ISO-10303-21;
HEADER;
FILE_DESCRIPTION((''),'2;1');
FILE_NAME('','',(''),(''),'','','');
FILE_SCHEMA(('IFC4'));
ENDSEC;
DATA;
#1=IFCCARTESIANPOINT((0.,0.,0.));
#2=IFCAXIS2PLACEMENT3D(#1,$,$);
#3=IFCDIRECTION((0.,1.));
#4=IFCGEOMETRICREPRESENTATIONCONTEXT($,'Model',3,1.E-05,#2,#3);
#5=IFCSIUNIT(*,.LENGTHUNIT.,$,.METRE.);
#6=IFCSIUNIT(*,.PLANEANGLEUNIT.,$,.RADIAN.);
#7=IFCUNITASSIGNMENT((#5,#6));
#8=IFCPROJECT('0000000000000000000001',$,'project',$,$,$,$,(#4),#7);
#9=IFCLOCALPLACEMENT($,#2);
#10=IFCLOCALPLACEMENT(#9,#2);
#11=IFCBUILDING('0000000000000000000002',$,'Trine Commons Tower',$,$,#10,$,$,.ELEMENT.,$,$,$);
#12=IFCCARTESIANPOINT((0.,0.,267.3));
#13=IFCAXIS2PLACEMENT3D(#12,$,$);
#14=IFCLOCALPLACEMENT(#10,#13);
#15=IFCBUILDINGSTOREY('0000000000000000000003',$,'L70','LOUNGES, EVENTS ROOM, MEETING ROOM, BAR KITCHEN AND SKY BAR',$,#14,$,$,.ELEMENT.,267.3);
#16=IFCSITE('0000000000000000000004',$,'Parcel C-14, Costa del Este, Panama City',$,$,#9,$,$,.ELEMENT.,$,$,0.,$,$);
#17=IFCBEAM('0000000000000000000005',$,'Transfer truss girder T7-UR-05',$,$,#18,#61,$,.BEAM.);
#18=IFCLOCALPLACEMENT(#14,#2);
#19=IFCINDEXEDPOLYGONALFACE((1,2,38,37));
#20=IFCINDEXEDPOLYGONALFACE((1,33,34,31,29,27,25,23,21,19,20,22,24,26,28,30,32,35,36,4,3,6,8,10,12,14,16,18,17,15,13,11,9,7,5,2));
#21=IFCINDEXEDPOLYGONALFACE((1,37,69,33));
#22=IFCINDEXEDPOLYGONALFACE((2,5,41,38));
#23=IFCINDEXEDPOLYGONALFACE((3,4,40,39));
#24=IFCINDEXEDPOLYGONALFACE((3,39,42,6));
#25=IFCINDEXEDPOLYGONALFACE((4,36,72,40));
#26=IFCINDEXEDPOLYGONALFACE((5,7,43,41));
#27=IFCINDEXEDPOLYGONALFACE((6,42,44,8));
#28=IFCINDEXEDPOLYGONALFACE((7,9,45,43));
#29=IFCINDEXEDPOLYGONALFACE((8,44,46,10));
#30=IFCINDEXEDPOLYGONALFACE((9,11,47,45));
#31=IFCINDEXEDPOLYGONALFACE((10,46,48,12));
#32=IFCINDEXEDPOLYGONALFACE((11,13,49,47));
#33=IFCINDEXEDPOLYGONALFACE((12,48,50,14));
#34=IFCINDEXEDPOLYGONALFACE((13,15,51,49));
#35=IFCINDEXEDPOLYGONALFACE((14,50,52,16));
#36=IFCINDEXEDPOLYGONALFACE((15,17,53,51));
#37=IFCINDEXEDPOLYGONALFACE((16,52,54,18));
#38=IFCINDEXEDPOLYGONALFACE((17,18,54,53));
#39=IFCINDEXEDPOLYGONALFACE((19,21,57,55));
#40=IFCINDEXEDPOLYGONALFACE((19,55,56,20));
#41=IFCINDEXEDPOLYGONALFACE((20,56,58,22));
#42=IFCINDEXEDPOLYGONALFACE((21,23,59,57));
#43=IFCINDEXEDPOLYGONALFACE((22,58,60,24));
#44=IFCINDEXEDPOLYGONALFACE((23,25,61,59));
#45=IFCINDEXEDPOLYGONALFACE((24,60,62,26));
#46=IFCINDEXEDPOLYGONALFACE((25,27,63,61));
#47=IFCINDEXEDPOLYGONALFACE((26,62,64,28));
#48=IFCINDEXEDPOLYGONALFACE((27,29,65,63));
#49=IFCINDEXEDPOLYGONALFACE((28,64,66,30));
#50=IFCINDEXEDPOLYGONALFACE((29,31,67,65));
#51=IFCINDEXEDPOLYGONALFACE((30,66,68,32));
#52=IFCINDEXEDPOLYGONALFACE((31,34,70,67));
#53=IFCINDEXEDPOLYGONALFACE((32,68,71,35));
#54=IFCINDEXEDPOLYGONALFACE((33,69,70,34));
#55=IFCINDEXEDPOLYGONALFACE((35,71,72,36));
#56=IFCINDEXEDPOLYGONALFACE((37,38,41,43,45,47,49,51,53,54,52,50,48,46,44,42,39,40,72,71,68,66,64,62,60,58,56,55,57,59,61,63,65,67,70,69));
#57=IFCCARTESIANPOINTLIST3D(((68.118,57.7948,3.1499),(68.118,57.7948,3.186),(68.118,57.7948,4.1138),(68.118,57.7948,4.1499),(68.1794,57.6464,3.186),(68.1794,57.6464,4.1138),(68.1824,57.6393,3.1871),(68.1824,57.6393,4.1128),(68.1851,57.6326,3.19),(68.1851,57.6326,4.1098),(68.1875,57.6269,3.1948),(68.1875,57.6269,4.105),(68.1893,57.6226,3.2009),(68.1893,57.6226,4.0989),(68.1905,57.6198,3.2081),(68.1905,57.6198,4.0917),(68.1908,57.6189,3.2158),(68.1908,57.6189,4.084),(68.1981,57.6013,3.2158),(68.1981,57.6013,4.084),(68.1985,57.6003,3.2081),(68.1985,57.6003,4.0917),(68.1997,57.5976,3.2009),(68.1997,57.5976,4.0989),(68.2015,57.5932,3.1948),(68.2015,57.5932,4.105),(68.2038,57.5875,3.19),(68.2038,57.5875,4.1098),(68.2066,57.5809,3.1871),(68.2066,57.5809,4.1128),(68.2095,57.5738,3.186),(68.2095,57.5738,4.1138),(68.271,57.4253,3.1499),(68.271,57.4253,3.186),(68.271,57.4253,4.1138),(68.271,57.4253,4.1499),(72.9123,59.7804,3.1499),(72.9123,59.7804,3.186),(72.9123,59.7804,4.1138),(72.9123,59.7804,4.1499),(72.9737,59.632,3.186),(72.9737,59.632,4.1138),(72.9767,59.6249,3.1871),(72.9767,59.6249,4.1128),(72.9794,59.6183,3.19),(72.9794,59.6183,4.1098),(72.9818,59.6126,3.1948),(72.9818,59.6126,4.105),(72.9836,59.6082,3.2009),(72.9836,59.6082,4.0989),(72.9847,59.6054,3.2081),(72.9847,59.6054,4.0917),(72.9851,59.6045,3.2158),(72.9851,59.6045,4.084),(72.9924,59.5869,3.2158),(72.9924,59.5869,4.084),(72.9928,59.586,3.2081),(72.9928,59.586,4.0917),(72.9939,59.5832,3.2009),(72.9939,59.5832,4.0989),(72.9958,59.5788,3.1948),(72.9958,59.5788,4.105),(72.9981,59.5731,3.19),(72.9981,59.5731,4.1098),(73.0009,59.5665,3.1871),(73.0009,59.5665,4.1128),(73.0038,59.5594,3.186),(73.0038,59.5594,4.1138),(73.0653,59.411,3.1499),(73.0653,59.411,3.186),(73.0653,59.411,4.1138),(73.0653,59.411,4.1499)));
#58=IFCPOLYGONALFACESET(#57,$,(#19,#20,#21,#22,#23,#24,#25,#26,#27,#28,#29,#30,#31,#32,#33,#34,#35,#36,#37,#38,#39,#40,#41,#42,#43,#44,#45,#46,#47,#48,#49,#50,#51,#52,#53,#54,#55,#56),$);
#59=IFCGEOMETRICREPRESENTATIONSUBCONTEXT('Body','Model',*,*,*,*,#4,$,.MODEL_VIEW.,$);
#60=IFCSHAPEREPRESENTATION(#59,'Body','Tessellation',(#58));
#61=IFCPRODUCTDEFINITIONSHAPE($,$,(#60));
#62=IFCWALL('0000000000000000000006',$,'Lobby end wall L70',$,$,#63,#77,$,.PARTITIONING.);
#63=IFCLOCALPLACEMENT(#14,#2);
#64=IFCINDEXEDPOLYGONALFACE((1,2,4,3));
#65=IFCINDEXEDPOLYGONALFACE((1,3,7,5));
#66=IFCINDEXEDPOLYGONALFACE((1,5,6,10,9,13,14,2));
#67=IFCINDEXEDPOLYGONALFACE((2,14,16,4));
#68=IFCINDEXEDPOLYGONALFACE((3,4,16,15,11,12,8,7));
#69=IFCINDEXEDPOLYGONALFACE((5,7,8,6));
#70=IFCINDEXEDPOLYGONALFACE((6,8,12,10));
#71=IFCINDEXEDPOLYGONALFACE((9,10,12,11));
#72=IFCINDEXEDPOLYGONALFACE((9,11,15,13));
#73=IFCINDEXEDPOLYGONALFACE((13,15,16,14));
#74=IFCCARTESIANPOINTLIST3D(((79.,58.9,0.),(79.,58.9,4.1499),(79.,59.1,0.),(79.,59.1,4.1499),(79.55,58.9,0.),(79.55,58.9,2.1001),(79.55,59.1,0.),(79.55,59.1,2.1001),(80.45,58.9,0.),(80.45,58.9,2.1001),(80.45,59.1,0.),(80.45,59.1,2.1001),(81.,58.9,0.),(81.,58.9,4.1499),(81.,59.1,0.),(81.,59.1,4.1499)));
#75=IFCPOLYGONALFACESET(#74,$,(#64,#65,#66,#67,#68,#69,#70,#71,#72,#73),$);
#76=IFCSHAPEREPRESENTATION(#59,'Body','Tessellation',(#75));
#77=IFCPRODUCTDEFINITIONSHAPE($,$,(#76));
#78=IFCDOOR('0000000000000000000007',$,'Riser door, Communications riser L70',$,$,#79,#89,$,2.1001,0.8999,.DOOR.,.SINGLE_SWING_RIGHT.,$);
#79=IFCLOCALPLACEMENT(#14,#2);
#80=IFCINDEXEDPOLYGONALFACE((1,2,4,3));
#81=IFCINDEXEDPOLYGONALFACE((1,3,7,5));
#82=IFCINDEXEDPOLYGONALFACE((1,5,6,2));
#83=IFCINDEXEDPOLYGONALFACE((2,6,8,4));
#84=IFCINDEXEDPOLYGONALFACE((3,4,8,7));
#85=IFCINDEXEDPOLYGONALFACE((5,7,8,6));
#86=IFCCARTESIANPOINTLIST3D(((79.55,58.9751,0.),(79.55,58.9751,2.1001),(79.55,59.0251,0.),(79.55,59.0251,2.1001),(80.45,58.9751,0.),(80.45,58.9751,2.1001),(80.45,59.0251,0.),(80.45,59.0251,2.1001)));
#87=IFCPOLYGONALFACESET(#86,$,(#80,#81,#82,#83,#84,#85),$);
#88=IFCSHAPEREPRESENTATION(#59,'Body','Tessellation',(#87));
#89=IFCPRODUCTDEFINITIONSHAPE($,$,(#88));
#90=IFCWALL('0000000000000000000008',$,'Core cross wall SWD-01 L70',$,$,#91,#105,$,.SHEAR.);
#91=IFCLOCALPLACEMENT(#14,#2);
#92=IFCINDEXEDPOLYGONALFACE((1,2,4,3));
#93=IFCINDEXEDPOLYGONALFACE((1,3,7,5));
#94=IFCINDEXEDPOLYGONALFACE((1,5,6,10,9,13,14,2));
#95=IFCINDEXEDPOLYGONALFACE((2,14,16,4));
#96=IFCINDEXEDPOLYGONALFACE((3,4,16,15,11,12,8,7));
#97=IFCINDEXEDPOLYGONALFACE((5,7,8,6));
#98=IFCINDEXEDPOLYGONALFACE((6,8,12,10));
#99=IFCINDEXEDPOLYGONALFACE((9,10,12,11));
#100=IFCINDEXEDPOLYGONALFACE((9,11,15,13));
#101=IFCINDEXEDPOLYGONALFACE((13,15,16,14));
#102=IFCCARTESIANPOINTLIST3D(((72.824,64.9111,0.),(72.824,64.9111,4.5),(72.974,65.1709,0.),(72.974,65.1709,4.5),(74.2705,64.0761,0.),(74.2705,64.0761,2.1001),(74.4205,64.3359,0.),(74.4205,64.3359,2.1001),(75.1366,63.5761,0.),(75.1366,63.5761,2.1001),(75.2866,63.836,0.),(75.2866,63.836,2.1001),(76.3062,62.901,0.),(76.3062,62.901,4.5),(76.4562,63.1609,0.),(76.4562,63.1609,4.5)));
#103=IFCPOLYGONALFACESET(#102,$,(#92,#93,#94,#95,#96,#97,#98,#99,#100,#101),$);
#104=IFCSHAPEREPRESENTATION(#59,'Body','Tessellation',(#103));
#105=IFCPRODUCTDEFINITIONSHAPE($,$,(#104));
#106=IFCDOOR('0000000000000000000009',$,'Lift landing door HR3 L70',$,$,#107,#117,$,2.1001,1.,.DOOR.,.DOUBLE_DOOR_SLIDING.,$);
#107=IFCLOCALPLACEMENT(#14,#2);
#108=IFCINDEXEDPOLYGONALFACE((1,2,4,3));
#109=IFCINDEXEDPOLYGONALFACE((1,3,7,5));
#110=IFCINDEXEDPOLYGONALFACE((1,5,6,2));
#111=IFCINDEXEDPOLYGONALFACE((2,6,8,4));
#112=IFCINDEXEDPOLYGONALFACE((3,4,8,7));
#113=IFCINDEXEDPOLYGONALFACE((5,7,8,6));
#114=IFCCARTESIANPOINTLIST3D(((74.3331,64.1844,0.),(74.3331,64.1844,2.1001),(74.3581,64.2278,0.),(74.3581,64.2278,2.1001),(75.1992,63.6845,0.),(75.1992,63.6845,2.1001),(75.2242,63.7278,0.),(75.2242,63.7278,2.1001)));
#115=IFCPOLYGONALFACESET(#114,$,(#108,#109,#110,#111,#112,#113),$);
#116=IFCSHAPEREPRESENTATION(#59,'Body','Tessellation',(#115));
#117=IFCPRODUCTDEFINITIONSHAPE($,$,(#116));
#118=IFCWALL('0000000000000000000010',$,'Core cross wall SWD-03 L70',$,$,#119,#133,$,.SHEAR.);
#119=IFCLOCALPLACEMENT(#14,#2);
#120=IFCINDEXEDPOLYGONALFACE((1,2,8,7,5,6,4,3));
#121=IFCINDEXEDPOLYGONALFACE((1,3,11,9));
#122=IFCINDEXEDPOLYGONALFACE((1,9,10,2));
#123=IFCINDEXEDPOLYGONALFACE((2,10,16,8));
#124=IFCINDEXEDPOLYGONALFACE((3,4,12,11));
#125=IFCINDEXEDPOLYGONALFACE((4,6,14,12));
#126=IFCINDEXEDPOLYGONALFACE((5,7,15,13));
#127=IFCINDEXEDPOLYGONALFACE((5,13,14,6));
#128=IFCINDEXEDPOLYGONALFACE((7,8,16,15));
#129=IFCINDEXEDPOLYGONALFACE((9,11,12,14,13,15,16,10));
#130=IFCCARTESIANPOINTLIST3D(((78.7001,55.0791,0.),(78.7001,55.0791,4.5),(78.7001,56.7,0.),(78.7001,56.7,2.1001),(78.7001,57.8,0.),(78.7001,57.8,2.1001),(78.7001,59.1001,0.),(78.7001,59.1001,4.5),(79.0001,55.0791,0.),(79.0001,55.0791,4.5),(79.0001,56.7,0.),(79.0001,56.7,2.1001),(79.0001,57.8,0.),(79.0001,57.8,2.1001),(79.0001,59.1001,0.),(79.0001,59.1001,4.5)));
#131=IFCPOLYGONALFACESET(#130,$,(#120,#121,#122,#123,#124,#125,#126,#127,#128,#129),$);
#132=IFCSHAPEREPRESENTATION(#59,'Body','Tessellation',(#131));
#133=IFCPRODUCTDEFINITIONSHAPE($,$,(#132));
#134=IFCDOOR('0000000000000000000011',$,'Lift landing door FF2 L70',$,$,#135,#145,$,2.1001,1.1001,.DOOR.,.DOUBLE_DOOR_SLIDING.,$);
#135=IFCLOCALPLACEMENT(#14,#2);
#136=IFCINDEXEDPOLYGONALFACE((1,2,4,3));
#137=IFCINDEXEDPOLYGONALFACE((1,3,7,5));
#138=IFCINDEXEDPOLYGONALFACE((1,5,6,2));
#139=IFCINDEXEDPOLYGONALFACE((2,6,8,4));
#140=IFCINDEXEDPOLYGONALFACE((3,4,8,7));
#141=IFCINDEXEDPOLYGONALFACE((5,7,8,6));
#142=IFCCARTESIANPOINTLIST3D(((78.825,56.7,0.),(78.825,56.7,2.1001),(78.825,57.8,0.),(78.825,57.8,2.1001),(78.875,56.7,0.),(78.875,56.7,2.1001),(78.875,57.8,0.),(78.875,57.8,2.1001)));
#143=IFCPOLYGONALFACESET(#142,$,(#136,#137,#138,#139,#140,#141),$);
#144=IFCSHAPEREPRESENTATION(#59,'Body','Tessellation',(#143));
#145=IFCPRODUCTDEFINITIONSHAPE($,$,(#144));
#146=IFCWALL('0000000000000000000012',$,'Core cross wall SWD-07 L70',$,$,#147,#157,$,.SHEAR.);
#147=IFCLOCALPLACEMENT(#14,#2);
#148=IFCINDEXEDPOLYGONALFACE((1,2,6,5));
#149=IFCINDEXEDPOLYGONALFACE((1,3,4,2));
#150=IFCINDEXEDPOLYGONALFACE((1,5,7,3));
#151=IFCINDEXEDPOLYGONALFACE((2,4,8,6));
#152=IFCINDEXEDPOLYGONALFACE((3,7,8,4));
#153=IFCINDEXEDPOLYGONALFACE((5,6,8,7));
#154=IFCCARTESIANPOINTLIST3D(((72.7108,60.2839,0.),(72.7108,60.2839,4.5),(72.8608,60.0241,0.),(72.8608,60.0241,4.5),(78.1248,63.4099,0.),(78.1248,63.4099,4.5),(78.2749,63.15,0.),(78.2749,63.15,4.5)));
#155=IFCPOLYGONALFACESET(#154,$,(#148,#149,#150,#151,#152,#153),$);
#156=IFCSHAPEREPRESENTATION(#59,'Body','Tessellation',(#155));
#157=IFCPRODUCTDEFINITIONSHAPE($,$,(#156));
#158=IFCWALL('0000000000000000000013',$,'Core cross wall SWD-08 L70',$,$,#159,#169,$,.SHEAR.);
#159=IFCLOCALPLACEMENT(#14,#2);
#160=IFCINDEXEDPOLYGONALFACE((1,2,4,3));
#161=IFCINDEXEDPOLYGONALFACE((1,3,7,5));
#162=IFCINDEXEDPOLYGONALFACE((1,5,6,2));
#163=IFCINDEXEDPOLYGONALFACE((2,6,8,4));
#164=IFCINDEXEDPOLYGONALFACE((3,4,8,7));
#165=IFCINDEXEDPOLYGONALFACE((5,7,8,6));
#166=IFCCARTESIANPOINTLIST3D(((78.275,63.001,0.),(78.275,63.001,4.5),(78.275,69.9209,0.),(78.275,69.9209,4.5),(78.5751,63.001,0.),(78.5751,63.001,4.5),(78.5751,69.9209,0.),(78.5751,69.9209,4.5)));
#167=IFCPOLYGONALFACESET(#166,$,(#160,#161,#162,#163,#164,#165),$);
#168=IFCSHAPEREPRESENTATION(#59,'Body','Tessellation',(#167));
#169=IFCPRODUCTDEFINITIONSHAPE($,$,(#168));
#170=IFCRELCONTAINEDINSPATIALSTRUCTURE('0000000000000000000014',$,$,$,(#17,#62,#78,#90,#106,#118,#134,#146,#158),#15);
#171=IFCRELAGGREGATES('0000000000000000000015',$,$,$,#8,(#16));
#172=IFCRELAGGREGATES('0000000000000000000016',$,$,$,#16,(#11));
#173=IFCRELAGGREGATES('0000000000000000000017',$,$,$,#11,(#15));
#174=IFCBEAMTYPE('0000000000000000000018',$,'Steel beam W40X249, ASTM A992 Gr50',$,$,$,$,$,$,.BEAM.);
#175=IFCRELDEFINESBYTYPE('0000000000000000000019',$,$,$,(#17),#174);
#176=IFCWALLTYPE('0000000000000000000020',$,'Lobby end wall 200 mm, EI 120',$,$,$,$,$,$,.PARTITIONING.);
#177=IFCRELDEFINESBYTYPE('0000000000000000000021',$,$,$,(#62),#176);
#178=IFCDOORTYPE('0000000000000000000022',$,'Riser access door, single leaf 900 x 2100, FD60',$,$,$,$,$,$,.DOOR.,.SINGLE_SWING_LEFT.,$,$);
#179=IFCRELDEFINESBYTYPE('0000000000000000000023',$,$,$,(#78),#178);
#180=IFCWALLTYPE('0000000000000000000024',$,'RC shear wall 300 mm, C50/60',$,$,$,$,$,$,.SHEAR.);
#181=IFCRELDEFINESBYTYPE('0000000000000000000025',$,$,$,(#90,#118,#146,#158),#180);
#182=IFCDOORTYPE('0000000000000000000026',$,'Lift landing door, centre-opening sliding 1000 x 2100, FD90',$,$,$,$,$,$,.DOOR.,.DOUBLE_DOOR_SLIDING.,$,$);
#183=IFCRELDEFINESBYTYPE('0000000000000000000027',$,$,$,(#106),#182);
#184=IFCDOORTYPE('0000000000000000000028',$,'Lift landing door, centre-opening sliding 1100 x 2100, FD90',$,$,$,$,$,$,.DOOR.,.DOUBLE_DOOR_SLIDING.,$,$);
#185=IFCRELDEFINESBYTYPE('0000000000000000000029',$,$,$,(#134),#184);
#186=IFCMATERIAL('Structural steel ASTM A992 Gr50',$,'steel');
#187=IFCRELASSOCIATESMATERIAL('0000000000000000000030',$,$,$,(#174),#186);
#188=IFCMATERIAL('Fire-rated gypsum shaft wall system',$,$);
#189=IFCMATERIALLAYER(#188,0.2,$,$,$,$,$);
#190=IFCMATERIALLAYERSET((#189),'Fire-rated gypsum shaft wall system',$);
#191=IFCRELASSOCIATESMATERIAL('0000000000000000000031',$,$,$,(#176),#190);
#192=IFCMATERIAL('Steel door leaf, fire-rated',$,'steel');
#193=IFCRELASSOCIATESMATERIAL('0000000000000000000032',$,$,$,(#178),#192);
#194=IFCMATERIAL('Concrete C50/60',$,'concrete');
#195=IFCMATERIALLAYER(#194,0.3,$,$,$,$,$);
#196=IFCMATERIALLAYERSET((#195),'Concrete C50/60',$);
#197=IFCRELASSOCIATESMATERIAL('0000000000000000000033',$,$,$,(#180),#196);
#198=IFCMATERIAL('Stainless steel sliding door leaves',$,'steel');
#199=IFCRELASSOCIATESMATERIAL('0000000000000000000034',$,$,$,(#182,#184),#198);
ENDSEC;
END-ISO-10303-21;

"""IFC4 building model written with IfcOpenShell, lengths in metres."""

from ifc_helpers import new_model, si_unit, direction, frame, frame_2d, origin, origin_2d, place, context, subcontext, project, spatial, rectangle, i_section, extrude, material, layer, layer_set, material_profile, profile_set, type_object, element, fill, save


model = new_model("IFC4")

# Units and contexts
model_context = context("Model", 3, precision=1e-05, world=origin(), true_north=direction((0.0, 1.0)))
body_context = subcontext(model_context, "Body", "Model", "MODEL_VIEW")
ifc_project = project(units=[si_unit("LENGTHUNIT", "METRE"), si_unit("PLANEANGLEUNIT", "RADIAN")], contexts=[model_context])

# Site, building, storey
site_placement = place(None, origin())
site = spatial("IfcSite", under=ifc_project, at=site_placement, Name="Parcel C-14, Costa del Este, Panama City", CompositionType="ELEMENT", RefElevation=0.0)
building_placement = place(site_placement, origin())
building = spatial("IfcBuilding", under=site, at=building_placement, Name="Trine Commons Tower", CompositionType="ELEMENT")
storey_placement = place(building_placement, frame((0.0, 0.0, 267.3)))
storey = spatial("IfcBuildingStorey", under=building, at=storey_placement, Name="L70", Description="LOUNGES, EVENTS ROOM, MEETING ROOM, BAR KITCHEN AND SKY BAR", CompositionType="ELEMENT", Elevation=267.3)

# Beam
ifc_material_1 = material(Name="Structural steel ASTM A992 Gr50", Category="steel")
ifc_material_profile = material_profile(ifc_material_1, i_section(OverallWidth=0.3999, OverallDepth=1.0, WebThickness=0.019, FlangeThickness=0.0361, FilletRadius=0.0298, at=origin_2d()), Name="W40X249")
ifc_profile_set = profile_set([ifc_material_profile], Name="Structural steel ASTM A992 Gr50")
beam_type = type_object("IfcBeamType", Name="Steel beam W40X249, ASTM A992 Gr50", PredefinedType="BEAM", material=ifc_profile_set)
beam_placement = place(storey_placement, frame((72.9888, 59.5957, 3.6499), z_axis=(-0.923895, -0.382647, 0.0), x_axis=(0.382647, -0.923895, 0.0)))
element("IfcBeam", 1, at=beam_placement, inside=storey, type_object=beam_type, Name="Transfer truss girder T7-UR-05", PredefinedType="BEAM", context=body_context, shape_type="SweptSolid", body=[
    extrude(i_section(OverallWidth=0.3999, OverallDepth=1.0, WebThickness=0.019, FlangeThickness=0.0361, FilletRadius=0.0298, at=origin_2d()), origin(), (0.0, 0.0, 1.0), 5.1892),
])

# Walls, openings, doors
ifc_material_2 = material(Name="Fire-rated gypsum shaft wall system")
ifc_layer_1 = layer(ifc_material_2, 0.2)
ifc_layer_set_1 = layer_set([ifc_layer_1], Name="Fire-rated gypsum shaft wall system")
wall_type_1 = type_object("IfcWallType", Name="Lobby end wall 200 mm, EI 120", PredefinedType="PARTITIONING", material=ifc_layer_set_1)
wall_1_placement = place(storey_placement, frame((79.0, 59.0, 0.0), z_axis=(0.0, 0.0, 1.0), x_axis=(1.0, 0.0, 0.0)))
wall_1 = element("IfcWall", 2, at=wall_1_placement, inside=storey, type_object=wall_type_1, Name="Lobby end wall L70", PredefinedType="PARTITIONING", context=body_context, shape_type="SweptSolid", body=[
    extrude(rectangle(XDim=2.0, YDim=0.2, at=frame_2d((1.0, 0.0))), origin(), (0.0, 0.0, 1.0), 4.1499),
])
opening_1_placement = place(wall_1_placement, frame((0.55, 0.0, 0.0)))
opening_1 = element("IfcOpeningElement", 3, at=opening_1_placement, cuts=wall_1, PredefinedType="OPENING", context=body_context, shape_type="SweptSolid", body=[
    extrude(rectangle(XDim=0.8999, YDim=2.1001, at=frame_2d((0.45, 1.05))), frame((0.0, 0.1099, 0.0), z_axis=(0.0, -1.0, 0.0), x_axis=(1.0, 0.0, 0.0)), (0.0, 0.0, 1.0), 0.22),
])
ifc_material_3 = material(Name="Steel door leaf, fire-rated", Category="steel")
door_type_1 = type_object("IfcDoorType", Name="Riser access door, single leaf 900 x 2100, FD60", OperationType="SINGLE_SWING_LEFT", PredefinedType="DOOR", material=ifc_material_3)
door_1_placement = place(opening_1_placement, frame((0.8999, 0.0, 0.0), z_axis=(0.0, 0.0, 1.0), x_axis=(-1.0, 0.0, 0.0)))
door_1 = element("IfcDoor", 4, at=door_1_placement, inside=storey, type_object=door_type_1, Name="Riser door, Communications riser L70", OperationType="SINGLE_SWING_RIGHT", OverallHeight=2.1001, OverallWidth=0.8999, PredefinedType="DOOR", context=body_context, shape_type="SweptSolid", body=[
    extrude(rectangle(XDim=0.8999, YDim=2.1001, at=frame_2d((0.45, 1.05))), frame((0.0, 0.0249, 0.0), z_axis=(0.0, -1.0, 0.0), x_axis=(1.0, 0.0, 0.0)), (0.0, 0.0, 1.0), 0.05),
])
fill(opening_1, door_1)
ifc_material_4 = material(Name="Concrete C50/60", Category="concrete")
ifc_layer_2 = layer(ifc_material_4, 0.3)
ifc_layer_set_2 = layer_set([ifc_layer_2], Name="Concrete C50/60")
wall_type_2 = type_object("IfcWallType", Name="RC shear wall 300 mm, C50/60", PredefinedType="SHEAR", material=ifc_layer_set_2)
wall_2_placement = place(storey_placement, frame((76.3811, 63.031, 0.0), z_axis=(0.0, 0.0, 1.0), x_axis=(-0.866071, 0.49992, 0.0)))
wall_2 = element("IfcWall", 5, at=wall_2_placement, inside=storey, type_object=wall_type_2, Name="Core cross wall SWD-01 L70", PredefinedType="SHEAR", context=body_context, shape_type="SweptSolid", body=[
    extrude(rectangle(XDim=4.0208, YDim=0.3, at=frame_2d((2.0103, 0.0))), origin(), (0.0, 0.0, 1.0), 4.5),
])
opening_2_placement = place(wall_2_placement, frame((1.3503, 0.0, 0.0)))
opening_2 = element("IfcOpeningElement", 6, at=opening_2_placement, cuts=wall_2, PredefinedType="OPENING", context=body_context, shape_type="SweptSolid", body=[
    extrude(rectangle(XDim=1.0, YDim=2.1001, at=frame_2d((0.5, 1.05))), frame((0.0, 0.1599, 0.0), z_axis=(0.0, -1.0, 0.0), x_axis=(1.0, 0.0, 0.0)), (0.0, 0.0, 1.0), 0.3201),
])
ifc_material_5 = material(Name="Stainless steel sliding door leaves", Category="steel")
door_type_2 = type_object("IfcDoorType", Name="Lift landing door, centre-opening sliding 1000 x 2100, FD90", OperationType="DOUBLE_DOOR_SLIDING", PredefinedType="DOOR", material=ifc_material_5)
door_2_placement = place(opening_2_placement, origin())
door_2 = element("IfcDoor", 7, at=door_2_placement, inside=storey, type_object=door_type_2, Name="Lift landing door HR3 L70", OperationType="DOUBLE_DOOR_SLIDING", OverallHeight=2.1001, OverallWidth=1.0, PredefinedType="DOOR", context=body_context, shape_type="SweptSolid", body=[
    extrude(rectangle(XDim=1.0, YDim=2.1001, at=frame_2d((0.5, 1.05))), frame((0.0, 0.0249, 0.0), z_axis=(0.0, -1.0, 0.0), x_axis=(1.0, 0.0, 0.0)), (0.0, 0.0, 1.0), 0.05),
])
fill(opening_2, door_2)
wall_3_placement = place(storey_placement, frame((78.8501, 59.1001, 0.0), z_axis=(0.0, 0.0, 1.0), x_axis=(0.0, -1.0, 0.0)))
wall_3 = element("IfcWall", 8, at=wall_3_placement, inside=storey, type_object=wall_type_2, Name="Core cross wall SWD-03 L70", PredefinedType="SHEAR", context=body_context, shape_type="SweptSolid", body=[
    extrude(rectangle(XDim=4.021, YDim=0.3, at=frame_2d((2.0105, 0.0))), origin(), (0.0, 0.0, 1.0), 4.5),
])
opening_3_placement = place(wall_3_placement, frame((1.3, 0.0, 0.0)))
opening_3 = element("IfcOpeningElement", 9, at=opening_3_placement, cuts=wall_3, PredefinedType="OPENING", context=body_context, shape_type="SweptSolid", body=[
    extrude(rectangle(XDim=1.1001, YDim=2.1001, at=frame_2d((0.55, 1.05))), frame((0.0, 0.1599, 0.0), z_axis=(0.0, -1.0, 0.0), x_axis=(1.0, 0.0, 0.0)), (0.0, 0.0, 1.0), 0.3201),
])
door_type_3 = type_object("IfcDoorType", Name="Lift landing door, centre-opening sliding 1100 x 2100, FD90", OperationType="DOUBLE_DOOR_SLIDING", PredefinedType="DOOR", material=ifc_material_5)
door_3_placement = place(opening_3_placement, origin())
door_3 = element("IfcDoor", 10, at=door_3_placement, inside=storey, type_object=door_type_3, Name="Lift landing door FF2 L70", OperationType="DOUBLE_DOOR_SLIDING", OverallHeight=2.1001, OverallWidth=1.1001, PredefinedType="DOOR", context=body_context, shape_type="SweptSolid", body=[
    extrude(rectangle(XDim=1.1001, YDim=2.1001, at=frame_2d((0.55, 1.05))), frame((0.0, 0.0249, 0.0), z_axis=(0.0, -1.0, 0.0), x_axis=(1.0, 0.0, 0.0)), (0.0, 0.0, 1.0), 0.05),
])
fill(opening_3, door_3)

# Walls
wall_4_placement = place(storey_placement, frame((78.2, 63.28, 0.0), z_axis=(0.0, 0.0, 1.0), x_axis=(-0.866014, -0.50002, 0.0)))
element("IfcWall", 11, at=wall_4_placement, inside=storey, type_object=wall_type_2, Name="Core cross wall SWD-07 L70", PredefinedType="SHEAR", context=body_context, shape_type="SweptSolid", body=[
    extrude(rectangle(XDim=6.2517, YDim=0.3, at=frame_2d((3.126, 0.0))), origin(), (0.0, 0.0, 1.0), 4.5),
])
wall_5_placement = place(storey_placement, frame((78.425, 63.001, 0.0), z_axis=(0.0, 0.0, 1.0), x_axis=(0.0, 1.0, 0.0)))
element("IfcWall", 12, at=wall_5_placement, inside=storey, type_object=wall_type_2, Name="Core cross wall SWD-08 L70", PredefinedType="SHEAR", context=body_context, shape_type="SweptSolid", body=[
    extrude(rectangle(XDim=6.9199, YDim=0.3, at=frame_2d((3.46, 0.0))), origin(), (0.0, 0.0, 1.0), 4.5),
])

save(model, "model.ifc")
